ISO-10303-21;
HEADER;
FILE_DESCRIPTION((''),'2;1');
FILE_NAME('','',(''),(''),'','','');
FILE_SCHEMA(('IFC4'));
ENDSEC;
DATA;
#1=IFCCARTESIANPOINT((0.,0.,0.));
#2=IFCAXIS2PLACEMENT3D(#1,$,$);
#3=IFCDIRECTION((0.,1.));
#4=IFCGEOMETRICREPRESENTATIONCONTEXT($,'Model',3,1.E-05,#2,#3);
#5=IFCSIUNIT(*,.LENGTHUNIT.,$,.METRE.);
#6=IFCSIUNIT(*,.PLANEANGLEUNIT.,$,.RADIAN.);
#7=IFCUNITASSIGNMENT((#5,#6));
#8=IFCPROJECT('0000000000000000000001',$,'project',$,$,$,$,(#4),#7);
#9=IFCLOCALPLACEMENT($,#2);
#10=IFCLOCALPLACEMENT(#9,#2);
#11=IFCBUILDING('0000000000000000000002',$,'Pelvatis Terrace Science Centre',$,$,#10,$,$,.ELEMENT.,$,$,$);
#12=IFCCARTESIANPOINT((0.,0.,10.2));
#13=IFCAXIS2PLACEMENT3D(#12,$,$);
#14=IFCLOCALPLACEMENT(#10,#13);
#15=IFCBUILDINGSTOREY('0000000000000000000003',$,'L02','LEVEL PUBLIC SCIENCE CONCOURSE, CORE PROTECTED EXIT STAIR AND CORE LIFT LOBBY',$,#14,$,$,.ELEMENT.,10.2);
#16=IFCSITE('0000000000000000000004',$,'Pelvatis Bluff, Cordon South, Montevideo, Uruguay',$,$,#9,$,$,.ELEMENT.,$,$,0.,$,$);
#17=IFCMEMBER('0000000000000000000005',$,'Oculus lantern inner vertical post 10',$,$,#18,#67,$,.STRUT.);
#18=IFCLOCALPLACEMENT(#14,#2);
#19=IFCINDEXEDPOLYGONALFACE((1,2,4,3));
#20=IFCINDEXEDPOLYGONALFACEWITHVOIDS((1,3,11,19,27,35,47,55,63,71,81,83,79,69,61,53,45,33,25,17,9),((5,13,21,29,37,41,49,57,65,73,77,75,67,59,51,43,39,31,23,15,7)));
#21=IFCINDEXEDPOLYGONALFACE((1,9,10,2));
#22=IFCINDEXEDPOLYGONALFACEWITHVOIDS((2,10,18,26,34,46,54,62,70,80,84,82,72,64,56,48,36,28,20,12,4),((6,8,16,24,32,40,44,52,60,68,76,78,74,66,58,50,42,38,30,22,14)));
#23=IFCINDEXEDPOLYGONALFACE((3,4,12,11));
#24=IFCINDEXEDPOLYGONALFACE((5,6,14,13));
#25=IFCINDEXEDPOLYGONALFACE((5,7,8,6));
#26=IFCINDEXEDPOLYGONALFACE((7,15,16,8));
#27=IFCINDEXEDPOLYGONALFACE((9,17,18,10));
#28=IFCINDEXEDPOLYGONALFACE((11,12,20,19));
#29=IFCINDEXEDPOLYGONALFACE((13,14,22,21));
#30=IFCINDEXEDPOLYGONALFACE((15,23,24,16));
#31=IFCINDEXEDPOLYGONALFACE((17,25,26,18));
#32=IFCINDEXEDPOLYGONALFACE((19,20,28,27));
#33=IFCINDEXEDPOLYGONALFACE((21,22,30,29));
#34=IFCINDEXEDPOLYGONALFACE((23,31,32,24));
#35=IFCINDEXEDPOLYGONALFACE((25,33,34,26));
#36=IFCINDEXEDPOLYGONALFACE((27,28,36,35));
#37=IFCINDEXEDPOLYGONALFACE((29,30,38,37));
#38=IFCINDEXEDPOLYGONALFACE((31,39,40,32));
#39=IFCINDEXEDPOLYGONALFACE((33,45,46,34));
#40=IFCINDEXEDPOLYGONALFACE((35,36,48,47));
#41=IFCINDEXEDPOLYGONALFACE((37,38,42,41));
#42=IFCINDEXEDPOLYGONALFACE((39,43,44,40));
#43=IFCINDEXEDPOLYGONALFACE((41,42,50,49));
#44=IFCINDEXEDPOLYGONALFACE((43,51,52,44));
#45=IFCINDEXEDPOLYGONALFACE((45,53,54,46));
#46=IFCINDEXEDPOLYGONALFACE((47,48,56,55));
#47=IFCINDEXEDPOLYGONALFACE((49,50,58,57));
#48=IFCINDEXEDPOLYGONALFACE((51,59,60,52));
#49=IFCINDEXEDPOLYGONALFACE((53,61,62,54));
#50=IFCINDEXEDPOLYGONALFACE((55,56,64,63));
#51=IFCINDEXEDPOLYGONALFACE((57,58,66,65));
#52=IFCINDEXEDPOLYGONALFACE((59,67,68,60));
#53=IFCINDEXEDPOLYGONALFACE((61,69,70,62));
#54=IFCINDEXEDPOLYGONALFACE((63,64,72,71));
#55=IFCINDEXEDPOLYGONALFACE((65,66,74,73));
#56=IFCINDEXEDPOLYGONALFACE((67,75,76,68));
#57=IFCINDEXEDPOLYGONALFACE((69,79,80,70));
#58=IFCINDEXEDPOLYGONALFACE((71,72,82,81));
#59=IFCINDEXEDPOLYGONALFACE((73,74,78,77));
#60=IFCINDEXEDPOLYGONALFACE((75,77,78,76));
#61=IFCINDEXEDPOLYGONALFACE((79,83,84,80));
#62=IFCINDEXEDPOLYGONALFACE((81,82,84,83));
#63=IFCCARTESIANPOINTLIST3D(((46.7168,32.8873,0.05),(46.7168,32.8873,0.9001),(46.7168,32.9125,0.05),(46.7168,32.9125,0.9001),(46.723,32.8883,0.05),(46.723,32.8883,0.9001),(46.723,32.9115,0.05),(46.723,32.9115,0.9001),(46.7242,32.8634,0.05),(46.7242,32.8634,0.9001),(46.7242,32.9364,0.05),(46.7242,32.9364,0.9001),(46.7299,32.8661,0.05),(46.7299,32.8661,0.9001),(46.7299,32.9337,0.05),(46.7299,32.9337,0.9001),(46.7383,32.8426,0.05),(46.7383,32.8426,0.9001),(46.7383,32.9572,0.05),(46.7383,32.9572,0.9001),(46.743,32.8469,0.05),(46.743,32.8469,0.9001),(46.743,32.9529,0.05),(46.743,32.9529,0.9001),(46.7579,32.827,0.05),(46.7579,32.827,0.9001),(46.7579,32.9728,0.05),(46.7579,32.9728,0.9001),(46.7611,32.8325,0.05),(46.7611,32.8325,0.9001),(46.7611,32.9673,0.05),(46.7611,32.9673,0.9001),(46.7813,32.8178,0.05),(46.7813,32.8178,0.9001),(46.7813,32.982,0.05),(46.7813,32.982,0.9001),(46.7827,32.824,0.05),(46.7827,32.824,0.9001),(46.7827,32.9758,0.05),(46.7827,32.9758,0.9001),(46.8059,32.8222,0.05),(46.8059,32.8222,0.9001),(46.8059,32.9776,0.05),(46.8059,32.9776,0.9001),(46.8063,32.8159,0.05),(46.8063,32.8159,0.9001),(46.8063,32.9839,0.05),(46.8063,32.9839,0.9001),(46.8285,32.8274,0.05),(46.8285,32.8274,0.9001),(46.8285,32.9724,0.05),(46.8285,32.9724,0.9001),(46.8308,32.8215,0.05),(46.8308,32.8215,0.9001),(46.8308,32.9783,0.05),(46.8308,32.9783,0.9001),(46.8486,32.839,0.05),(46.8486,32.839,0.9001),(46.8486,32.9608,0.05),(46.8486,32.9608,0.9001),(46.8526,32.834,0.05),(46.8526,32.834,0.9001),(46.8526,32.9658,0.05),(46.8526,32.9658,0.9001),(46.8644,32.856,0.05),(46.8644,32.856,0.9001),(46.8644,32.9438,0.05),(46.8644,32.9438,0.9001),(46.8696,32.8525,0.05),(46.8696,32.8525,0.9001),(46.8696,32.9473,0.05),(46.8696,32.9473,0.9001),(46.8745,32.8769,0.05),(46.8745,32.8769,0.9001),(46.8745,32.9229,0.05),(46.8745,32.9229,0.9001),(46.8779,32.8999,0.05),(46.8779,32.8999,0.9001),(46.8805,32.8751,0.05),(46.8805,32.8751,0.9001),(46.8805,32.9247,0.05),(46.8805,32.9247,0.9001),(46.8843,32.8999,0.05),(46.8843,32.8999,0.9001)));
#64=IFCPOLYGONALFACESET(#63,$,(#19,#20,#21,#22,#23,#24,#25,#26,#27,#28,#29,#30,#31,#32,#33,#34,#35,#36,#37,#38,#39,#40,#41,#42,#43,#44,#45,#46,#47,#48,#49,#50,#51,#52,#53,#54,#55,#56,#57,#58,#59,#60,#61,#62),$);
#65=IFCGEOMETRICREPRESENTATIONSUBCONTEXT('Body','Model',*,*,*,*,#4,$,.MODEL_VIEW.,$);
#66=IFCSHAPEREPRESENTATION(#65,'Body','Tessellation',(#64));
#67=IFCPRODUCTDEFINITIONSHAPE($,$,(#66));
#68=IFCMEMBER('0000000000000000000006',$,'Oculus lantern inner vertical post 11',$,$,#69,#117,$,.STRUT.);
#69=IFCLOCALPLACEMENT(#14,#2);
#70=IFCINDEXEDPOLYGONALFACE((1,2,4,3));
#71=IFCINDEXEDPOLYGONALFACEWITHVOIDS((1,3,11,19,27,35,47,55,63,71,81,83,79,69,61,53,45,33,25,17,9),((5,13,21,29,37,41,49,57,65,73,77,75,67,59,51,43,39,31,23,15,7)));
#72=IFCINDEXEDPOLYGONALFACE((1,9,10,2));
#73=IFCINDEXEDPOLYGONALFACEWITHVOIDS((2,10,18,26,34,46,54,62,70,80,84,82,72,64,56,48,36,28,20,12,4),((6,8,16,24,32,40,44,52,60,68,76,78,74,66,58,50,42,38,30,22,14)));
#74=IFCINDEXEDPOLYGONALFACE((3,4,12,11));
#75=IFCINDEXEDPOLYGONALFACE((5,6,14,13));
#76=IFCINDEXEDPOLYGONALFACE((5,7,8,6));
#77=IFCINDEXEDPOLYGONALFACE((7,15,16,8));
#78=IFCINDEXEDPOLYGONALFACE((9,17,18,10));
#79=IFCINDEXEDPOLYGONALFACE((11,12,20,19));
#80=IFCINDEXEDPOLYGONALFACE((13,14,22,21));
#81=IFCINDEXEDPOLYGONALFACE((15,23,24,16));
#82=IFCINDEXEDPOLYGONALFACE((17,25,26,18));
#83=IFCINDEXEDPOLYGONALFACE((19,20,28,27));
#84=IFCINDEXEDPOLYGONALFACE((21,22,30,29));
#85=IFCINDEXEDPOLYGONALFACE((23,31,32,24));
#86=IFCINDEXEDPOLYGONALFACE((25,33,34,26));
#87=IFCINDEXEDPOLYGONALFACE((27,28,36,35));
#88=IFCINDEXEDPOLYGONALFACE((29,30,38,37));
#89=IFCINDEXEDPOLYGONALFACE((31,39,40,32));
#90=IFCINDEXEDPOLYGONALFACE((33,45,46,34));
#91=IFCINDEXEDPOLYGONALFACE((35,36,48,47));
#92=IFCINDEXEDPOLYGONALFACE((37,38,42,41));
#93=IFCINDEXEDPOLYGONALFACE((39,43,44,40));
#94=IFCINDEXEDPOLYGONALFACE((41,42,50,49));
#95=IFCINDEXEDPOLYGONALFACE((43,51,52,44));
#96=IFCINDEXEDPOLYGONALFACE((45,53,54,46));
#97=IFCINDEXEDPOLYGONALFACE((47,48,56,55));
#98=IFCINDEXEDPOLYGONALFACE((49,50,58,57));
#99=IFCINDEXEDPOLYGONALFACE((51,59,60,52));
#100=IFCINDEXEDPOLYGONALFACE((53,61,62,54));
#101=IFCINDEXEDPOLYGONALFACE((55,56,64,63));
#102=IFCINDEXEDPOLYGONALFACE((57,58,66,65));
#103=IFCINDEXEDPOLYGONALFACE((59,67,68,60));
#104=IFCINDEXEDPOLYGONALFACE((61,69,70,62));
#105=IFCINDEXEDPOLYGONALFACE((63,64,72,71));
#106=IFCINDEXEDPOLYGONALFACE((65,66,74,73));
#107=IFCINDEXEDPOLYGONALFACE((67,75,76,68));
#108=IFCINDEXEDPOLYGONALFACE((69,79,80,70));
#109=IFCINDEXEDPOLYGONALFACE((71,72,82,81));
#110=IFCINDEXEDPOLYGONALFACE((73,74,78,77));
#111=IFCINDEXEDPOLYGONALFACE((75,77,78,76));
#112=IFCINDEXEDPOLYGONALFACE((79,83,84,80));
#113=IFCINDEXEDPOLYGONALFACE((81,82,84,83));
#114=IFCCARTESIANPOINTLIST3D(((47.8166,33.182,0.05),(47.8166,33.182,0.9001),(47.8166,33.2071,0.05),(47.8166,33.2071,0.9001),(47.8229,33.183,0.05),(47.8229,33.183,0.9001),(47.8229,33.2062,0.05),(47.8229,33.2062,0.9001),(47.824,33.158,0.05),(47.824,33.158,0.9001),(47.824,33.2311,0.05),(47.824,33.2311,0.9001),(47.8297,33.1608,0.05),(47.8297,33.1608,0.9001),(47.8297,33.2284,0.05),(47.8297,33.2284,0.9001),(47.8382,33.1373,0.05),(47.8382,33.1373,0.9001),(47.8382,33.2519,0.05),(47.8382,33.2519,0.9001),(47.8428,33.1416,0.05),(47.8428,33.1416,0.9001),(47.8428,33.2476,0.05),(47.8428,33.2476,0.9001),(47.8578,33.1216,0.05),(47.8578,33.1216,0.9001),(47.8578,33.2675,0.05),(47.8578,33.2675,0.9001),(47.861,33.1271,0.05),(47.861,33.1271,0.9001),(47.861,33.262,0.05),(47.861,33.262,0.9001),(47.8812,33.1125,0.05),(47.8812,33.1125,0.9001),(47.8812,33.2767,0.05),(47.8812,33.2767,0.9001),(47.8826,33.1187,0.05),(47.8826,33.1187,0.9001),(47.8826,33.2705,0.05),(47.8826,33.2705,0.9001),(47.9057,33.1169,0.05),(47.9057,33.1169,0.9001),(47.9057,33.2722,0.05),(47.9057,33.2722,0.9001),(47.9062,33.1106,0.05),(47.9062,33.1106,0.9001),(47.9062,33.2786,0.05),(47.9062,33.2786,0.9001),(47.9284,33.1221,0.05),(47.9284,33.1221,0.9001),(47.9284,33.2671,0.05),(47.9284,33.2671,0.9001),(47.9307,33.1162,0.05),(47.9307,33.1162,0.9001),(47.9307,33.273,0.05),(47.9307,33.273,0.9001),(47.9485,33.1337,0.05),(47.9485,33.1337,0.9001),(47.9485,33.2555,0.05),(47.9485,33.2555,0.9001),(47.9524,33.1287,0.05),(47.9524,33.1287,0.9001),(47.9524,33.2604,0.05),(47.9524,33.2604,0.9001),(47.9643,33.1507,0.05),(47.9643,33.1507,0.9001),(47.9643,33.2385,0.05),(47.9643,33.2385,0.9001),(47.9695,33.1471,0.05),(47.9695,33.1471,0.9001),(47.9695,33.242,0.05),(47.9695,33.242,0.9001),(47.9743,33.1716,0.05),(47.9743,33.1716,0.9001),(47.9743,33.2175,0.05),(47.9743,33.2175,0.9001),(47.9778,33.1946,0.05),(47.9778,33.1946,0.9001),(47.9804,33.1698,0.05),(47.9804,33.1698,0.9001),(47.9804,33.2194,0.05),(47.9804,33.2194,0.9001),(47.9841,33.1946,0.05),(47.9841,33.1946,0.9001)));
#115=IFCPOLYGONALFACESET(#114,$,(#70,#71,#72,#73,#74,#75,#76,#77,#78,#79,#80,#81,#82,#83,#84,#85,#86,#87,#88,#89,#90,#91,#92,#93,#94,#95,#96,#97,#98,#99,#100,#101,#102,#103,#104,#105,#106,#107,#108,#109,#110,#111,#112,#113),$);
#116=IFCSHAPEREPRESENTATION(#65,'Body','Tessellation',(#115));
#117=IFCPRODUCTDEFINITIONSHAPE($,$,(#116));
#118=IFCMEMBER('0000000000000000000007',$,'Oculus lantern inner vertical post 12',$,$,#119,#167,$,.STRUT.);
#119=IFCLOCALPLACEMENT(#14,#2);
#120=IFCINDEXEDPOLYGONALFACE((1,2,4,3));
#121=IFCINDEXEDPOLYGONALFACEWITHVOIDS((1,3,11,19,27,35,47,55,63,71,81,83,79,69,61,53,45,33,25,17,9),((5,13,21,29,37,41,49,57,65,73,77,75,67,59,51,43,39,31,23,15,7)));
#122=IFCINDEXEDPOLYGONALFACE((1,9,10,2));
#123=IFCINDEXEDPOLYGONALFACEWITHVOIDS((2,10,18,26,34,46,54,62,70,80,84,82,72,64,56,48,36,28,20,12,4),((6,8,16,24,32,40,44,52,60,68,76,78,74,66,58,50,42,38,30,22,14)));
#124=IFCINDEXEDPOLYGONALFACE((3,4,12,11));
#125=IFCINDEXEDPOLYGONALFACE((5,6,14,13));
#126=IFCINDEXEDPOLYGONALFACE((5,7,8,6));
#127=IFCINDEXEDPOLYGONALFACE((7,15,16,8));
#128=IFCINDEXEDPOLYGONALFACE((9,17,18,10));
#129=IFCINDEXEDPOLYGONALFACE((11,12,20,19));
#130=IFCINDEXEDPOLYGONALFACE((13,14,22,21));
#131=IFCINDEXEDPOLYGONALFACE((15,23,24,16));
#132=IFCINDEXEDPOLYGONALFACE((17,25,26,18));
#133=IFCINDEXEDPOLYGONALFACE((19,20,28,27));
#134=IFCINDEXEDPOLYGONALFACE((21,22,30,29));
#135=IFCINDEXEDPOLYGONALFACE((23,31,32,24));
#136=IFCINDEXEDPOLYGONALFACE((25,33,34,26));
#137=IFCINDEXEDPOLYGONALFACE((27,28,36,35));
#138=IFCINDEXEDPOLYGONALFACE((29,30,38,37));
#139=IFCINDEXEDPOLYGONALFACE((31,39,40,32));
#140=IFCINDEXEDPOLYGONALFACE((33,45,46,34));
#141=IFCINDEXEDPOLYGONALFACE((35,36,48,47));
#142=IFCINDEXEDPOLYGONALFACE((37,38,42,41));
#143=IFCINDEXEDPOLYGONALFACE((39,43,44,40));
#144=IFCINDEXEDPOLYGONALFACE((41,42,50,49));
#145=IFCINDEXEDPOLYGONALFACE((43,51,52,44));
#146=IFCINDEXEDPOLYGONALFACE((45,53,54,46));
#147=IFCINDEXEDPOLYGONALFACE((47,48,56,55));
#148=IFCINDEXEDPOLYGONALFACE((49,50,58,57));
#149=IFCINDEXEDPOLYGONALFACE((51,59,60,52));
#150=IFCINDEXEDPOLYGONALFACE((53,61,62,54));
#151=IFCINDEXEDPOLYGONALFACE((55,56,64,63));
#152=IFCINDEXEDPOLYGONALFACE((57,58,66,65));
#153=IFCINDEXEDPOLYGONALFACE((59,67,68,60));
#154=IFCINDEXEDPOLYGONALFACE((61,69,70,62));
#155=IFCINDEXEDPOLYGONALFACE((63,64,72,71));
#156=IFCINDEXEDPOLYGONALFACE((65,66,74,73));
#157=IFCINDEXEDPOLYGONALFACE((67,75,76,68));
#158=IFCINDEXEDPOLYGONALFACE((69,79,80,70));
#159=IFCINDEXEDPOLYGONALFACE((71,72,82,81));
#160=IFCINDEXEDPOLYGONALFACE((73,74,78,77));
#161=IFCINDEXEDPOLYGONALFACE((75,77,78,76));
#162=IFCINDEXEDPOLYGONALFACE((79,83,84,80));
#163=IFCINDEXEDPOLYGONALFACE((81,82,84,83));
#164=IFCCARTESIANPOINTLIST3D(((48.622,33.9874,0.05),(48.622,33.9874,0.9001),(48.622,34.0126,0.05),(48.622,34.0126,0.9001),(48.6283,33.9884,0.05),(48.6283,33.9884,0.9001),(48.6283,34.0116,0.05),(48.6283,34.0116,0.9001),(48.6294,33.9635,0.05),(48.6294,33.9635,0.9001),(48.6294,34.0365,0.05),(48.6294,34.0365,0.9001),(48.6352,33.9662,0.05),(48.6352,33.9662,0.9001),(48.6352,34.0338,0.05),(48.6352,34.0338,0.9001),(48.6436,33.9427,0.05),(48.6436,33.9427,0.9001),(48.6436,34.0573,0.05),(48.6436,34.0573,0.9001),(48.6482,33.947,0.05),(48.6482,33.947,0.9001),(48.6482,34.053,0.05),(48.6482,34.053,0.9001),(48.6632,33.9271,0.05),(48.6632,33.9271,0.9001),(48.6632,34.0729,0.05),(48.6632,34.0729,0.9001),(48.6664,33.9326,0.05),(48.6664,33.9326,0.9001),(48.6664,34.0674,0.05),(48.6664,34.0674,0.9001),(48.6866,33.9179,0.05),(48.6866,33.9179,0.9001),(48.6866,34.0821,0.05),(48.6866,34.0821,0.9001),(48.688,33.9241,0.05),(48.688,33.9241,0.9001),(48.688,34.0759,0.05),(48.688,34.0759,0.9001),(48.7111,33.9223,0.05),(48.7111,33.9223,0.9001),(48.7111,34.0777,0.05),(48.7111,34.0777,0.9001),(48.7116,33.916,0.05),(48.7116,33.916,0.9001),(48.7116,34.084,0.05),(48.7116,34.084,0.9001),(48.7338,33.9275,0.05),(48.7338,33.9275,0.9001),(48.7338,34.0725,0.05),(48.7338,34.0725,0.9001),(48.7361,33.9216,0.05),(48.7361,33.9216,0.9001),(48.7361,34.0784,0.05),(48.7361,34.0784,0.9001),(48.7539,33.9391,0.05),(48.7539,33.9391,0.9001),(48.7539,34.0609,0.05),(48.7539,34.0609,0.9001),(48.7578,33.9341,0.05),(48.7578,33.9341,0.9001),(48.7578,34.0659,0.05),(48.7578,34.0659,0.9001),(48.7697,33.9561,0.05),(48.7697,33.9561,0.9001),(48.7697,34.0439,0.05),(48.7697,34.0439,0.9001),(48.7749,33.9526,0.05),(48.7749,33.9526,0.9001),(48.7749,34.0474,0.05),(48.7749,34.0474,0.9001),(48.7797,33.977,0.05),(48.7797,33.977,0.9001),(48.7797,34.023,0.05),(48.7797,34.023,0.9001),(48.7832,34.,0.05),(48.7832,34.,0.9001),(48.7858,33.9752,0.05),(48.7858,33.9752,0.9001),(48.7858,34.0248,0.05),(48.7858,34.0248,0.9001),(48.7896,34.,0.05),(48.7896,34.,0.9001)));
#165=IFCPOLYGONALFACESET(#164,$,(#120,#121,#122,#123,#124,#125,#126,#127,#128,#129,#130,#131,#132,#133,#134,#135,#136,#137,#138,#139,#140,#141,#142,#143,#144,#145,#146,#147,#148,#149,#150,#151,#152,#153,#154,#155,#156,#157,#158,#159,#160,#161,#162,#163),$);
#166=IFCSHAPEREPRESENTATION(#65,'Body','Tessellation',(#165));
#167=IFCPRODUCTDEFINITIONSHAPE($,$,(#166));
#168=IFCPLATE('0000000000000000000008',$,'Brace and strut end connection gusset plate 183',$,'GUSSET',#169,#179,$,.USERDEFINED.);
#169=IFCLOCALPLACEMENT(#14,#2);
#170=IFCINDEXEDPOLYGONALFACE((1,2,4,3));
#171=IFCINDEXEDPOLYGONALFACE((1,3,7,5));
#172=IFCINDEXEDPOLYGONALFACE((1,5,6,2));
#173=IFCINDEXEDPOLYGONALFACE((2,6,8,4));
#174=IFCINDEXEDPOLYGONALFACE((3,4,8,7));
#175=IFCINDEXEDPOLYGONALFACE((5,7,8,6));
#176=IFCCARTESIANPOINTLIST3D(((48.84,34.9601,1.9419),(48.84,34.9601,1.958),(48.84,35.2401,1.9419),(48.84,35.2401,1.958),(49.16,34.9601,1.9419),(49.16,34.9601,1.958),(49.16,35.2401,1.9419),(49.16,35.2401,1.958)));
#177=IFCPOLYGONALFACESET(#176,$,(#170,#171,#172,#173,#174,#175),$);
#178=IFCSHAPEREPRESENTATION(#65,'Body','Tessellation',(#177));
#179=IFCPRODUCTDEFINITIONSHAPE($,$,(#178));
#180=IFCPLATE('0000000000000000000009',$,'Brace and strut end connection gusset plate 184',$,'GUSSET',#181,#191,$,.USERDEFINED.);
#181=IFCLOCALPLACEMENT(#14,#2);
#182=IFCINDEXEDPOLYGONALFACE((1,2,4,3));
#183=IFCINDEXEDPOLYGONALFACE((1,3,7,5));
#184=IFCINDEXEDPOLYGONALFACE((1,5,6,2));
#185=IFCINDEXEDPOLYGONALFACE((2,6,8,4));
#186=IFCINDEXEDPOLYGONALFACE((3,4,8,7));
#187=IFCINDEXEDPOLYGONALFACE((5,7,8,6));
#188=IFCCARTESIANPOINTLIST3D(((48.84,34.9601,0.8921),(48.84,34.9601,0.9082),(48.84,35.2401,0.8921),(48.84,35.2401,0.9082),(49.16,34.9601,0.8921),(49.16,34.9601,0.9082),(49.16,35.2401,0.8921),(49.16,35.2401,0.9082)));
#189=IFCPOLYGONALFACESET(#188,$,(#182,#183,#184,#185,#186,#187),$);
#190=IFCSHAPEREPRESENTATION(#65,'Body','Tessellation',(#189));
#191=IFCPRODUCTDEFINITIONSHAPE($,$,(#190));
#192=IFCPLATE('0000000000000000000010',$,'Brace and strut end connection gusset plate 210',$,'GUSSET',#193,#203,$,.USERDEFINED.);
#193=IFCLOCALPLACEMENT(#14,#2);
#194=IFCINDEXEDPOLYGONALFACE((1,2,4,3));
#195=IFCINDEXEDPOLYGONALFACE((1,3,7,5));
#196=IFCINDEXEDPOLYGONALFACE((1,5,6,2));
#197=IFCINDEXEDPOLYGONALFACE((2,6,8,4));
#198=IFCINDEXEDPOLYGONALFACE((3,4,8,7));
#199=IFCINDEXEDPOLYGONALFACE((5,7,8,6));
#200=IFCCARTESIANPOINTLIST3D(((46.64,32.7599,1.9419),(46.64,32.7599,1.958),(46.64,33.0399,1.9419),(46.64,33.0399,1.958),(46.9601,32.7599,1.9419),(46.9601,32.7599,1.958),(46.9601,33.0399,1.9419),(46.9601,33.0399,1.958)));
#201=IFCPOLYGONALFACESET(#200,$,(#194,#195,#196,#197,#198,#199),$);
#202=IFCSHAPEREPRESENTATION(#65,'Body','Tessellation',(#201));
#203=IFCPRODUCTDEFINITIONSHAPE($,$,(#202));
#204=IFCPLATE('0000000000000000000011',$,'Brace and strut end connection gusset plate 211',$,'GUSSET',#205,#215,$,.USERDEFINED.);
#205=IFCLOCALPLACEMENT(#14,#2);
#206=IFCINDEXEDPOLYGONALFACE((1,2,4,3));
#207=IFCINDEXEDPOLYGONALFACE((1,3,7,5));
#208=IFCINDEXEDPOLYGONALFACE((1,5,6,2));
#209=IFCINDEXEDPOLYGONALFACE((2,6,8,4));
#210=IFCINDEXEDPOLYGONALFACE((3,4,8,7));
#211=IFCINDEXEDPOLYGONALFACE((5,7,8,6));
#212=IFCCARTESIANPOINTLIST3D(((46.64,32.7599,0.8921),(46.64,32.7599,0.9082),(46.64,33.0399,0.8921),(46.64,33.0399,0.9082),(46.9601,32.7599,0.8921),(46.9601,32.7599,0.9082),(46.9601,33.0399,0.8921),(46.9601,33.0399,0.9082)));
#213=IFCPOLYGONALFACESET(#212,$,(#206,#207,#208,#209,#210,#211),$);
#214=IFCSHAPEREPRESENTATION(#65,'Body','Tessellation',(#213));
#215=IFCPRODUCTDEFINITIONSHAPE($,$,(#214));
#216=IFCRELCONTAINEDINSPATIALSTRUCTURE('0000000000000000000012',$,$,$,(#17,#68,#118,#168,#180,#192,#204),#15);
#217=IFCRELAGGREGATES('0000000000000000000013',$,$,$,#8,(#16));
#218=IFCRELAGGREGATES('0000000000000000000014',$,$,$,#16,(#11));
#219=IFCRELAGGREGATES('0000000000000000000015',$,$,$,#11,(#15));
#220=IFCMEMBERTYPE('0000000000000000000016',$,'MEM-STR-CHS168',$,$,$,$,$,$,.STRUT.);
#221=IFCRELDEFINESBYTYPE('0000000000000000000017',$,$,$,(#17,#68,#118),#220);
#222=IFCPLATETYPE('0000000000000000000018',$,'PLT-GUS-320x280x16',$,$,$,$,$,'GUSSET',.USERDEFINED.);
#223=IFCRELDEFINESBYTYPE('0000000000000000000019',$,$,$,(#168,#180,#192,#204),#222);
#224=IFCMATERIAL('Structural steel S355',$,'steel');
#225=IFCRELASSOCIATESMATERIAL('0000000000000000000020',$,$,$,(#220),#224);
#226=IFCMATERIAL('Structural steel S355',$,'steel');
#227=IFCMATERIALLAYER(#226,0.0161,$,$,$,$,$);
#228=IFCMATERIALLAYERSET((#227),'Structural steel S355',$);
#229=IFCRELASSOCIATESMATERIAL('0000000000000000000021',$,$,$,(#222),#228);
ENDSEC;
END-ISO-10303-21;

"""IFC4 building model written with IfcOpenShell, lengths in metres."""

from ifc_helpers import new_model, si_unit, direction, frame, origin, origin_2d, place, context, subcontext, project, spatial, rectangle, hollow_circle, extrude, material, layer, layer_set, material_profile, profile_set, type_object, element, save


model = new_model("IFC4")

# Units and contexts
model_context = context("Model", 3, precision=1e-05, world=origin(), true_north=direction((0.0, 1.0)))
body_context = subcontext(model_context, "Body", "Model", "MODEL_VIEW")
ifc_project = project(units=[si_unit("LENGTHUNIT", "METRE"), si_unit("PLANEANGLEUNIT", "RADIAN")], contexts=[model_context])

# Site, building, storey
site_placement = place(None, origin())
site = spatial("IfcSite", under=ifc_project, at=site_placement, Name="Pelvatis Bluff, Cordon South, Montevideo, Uruguay", CompositionType="ELEMENT", RefElevation=0.0)
building_placement = place(site_placement, origin())
building = spatial("IfcBuilding", under=site, at=building_placement, Name="Pelvatis Terrace Science Centre", CompositionType="ELEMENT")
storey_placement = place(building_placement, frame((0.0, 0.0, 10.2)))
storey = spatial("IfcBuildingStorey", under=building, at=storey_placement, Name="L02", Description="LEVEL PUBLIC SCIENCE CONCOURSE, CORE PROTECTED EXIT STAIR AND CORE LIFT LOBBY", CompositionType="ELEMENT", Elevation=10.2)

# Members
ifc_material_1 = material(Name="Structural steel S355", Category="steel")
ifc_material_profile_1 = material_profile(ifc_material_1, hollow_circle(Radius=0.0842, WallThickness=0.0063, at=origin_2d()), Name="CHS 168.3x6.3")
ifc_profile_set_1 = profile_set([ifc_material_profile_1], Name="Structural steel S355")
member_type_1 = type_object("IfcMemberType", Name="MEM-STR-CHS168", PredefinedType="STRUT", material=ifc_profile_set_1)
for number, where, z_axis, x_axis, name in (
    (1, (46.8, 32.8999, 0.05), (0.0, 0.0, 1.0), (1.0, 0.0, 0.0), "Oculus lantern inner vertical post 10"),
    (2, (47.8999, 33.1946, 0.05), (0.0, 0.0, 1.0), (1.0, 0.0, 0.0), "Oculus lantern inner vertical post 11"),
    (3, (48.7053, 34.0, 0.05), (0.0, 0.0, 1.0), (1.0, 0.0, 0.0), "Oculus lantern inner vertical post 12"),
):
    element("IfcMember", number, at=place(storey_placement, frame(where, z_axis=z_axis, x_axis=x_axis)), inside=storey, type_object=member_type_1, Name=name, PredefinedType="STRUT", context=body_context, shape_type="SweptSolid", body=[
        extrude(hollow_circle(Radius=0.0842, WallThickness=0.0063, at=origin_2d()), origin(), (0.0, 0.0, 1.0), 0.8501),
    ])

# Plates
ifc_material_2 = material(Name="Structural steel S355", Category="steel")
ifc_layer = layer(ifc_material_2, 0.0161)
ifc_layer_set = layer_set([ifc_layer], Name="Structural steel S355")
plate_type = type_object("IfcPlateType", Name="PLT-GUS-320x280x16", ElementType="GUSSET", PredefinedType="USERDEFINED", material=ifc_layer_set)
for number, where, z_axis, x_axis, name in (
    (4, (49.0, 35.1001, 1.9419), (0.0, 0.0, 1.0), (1.0, 0.0, 0.0), "Brace and strut end connection gusset plate 183"),
    (5, (49.0, 35.1001, 0.8921), (0.0, 0.0, 1.0), (1.0, 0.0, 0.0), "Brace and strut end connection gusset plate 184"),
    (6, (46.8, 32.8999, 1.9419), (0.0, 0.0, 1.0), (1.0, 0.0, 0.0), "Brace and strut end connection gusset plate 210"),
    (7, (46.8, 32.8999, 0.8921), (0.0, 0.0, 1.0), (1.0, 0.0, 0.0), "Brace and strut end connection gusset plate 211"),
):
    element("IfcPlate", number, at=place(storey_placement, frame(where, z_axis=z_axis, x_axis=x_axis)), inside=storey, type_object=plate_type, Name=name, ObjectType="GUSSET", PredefinedType="USERDEFINED", context=body_context, shape_type="SweptSolid", body=[
        extrude(rectangle(XDim=0.3201, YDim=0.28, at=origin_2d()), origin(), (0.0, 0.0, 1.0), 0.0161),
    ])

save(model, "model.ifc")
